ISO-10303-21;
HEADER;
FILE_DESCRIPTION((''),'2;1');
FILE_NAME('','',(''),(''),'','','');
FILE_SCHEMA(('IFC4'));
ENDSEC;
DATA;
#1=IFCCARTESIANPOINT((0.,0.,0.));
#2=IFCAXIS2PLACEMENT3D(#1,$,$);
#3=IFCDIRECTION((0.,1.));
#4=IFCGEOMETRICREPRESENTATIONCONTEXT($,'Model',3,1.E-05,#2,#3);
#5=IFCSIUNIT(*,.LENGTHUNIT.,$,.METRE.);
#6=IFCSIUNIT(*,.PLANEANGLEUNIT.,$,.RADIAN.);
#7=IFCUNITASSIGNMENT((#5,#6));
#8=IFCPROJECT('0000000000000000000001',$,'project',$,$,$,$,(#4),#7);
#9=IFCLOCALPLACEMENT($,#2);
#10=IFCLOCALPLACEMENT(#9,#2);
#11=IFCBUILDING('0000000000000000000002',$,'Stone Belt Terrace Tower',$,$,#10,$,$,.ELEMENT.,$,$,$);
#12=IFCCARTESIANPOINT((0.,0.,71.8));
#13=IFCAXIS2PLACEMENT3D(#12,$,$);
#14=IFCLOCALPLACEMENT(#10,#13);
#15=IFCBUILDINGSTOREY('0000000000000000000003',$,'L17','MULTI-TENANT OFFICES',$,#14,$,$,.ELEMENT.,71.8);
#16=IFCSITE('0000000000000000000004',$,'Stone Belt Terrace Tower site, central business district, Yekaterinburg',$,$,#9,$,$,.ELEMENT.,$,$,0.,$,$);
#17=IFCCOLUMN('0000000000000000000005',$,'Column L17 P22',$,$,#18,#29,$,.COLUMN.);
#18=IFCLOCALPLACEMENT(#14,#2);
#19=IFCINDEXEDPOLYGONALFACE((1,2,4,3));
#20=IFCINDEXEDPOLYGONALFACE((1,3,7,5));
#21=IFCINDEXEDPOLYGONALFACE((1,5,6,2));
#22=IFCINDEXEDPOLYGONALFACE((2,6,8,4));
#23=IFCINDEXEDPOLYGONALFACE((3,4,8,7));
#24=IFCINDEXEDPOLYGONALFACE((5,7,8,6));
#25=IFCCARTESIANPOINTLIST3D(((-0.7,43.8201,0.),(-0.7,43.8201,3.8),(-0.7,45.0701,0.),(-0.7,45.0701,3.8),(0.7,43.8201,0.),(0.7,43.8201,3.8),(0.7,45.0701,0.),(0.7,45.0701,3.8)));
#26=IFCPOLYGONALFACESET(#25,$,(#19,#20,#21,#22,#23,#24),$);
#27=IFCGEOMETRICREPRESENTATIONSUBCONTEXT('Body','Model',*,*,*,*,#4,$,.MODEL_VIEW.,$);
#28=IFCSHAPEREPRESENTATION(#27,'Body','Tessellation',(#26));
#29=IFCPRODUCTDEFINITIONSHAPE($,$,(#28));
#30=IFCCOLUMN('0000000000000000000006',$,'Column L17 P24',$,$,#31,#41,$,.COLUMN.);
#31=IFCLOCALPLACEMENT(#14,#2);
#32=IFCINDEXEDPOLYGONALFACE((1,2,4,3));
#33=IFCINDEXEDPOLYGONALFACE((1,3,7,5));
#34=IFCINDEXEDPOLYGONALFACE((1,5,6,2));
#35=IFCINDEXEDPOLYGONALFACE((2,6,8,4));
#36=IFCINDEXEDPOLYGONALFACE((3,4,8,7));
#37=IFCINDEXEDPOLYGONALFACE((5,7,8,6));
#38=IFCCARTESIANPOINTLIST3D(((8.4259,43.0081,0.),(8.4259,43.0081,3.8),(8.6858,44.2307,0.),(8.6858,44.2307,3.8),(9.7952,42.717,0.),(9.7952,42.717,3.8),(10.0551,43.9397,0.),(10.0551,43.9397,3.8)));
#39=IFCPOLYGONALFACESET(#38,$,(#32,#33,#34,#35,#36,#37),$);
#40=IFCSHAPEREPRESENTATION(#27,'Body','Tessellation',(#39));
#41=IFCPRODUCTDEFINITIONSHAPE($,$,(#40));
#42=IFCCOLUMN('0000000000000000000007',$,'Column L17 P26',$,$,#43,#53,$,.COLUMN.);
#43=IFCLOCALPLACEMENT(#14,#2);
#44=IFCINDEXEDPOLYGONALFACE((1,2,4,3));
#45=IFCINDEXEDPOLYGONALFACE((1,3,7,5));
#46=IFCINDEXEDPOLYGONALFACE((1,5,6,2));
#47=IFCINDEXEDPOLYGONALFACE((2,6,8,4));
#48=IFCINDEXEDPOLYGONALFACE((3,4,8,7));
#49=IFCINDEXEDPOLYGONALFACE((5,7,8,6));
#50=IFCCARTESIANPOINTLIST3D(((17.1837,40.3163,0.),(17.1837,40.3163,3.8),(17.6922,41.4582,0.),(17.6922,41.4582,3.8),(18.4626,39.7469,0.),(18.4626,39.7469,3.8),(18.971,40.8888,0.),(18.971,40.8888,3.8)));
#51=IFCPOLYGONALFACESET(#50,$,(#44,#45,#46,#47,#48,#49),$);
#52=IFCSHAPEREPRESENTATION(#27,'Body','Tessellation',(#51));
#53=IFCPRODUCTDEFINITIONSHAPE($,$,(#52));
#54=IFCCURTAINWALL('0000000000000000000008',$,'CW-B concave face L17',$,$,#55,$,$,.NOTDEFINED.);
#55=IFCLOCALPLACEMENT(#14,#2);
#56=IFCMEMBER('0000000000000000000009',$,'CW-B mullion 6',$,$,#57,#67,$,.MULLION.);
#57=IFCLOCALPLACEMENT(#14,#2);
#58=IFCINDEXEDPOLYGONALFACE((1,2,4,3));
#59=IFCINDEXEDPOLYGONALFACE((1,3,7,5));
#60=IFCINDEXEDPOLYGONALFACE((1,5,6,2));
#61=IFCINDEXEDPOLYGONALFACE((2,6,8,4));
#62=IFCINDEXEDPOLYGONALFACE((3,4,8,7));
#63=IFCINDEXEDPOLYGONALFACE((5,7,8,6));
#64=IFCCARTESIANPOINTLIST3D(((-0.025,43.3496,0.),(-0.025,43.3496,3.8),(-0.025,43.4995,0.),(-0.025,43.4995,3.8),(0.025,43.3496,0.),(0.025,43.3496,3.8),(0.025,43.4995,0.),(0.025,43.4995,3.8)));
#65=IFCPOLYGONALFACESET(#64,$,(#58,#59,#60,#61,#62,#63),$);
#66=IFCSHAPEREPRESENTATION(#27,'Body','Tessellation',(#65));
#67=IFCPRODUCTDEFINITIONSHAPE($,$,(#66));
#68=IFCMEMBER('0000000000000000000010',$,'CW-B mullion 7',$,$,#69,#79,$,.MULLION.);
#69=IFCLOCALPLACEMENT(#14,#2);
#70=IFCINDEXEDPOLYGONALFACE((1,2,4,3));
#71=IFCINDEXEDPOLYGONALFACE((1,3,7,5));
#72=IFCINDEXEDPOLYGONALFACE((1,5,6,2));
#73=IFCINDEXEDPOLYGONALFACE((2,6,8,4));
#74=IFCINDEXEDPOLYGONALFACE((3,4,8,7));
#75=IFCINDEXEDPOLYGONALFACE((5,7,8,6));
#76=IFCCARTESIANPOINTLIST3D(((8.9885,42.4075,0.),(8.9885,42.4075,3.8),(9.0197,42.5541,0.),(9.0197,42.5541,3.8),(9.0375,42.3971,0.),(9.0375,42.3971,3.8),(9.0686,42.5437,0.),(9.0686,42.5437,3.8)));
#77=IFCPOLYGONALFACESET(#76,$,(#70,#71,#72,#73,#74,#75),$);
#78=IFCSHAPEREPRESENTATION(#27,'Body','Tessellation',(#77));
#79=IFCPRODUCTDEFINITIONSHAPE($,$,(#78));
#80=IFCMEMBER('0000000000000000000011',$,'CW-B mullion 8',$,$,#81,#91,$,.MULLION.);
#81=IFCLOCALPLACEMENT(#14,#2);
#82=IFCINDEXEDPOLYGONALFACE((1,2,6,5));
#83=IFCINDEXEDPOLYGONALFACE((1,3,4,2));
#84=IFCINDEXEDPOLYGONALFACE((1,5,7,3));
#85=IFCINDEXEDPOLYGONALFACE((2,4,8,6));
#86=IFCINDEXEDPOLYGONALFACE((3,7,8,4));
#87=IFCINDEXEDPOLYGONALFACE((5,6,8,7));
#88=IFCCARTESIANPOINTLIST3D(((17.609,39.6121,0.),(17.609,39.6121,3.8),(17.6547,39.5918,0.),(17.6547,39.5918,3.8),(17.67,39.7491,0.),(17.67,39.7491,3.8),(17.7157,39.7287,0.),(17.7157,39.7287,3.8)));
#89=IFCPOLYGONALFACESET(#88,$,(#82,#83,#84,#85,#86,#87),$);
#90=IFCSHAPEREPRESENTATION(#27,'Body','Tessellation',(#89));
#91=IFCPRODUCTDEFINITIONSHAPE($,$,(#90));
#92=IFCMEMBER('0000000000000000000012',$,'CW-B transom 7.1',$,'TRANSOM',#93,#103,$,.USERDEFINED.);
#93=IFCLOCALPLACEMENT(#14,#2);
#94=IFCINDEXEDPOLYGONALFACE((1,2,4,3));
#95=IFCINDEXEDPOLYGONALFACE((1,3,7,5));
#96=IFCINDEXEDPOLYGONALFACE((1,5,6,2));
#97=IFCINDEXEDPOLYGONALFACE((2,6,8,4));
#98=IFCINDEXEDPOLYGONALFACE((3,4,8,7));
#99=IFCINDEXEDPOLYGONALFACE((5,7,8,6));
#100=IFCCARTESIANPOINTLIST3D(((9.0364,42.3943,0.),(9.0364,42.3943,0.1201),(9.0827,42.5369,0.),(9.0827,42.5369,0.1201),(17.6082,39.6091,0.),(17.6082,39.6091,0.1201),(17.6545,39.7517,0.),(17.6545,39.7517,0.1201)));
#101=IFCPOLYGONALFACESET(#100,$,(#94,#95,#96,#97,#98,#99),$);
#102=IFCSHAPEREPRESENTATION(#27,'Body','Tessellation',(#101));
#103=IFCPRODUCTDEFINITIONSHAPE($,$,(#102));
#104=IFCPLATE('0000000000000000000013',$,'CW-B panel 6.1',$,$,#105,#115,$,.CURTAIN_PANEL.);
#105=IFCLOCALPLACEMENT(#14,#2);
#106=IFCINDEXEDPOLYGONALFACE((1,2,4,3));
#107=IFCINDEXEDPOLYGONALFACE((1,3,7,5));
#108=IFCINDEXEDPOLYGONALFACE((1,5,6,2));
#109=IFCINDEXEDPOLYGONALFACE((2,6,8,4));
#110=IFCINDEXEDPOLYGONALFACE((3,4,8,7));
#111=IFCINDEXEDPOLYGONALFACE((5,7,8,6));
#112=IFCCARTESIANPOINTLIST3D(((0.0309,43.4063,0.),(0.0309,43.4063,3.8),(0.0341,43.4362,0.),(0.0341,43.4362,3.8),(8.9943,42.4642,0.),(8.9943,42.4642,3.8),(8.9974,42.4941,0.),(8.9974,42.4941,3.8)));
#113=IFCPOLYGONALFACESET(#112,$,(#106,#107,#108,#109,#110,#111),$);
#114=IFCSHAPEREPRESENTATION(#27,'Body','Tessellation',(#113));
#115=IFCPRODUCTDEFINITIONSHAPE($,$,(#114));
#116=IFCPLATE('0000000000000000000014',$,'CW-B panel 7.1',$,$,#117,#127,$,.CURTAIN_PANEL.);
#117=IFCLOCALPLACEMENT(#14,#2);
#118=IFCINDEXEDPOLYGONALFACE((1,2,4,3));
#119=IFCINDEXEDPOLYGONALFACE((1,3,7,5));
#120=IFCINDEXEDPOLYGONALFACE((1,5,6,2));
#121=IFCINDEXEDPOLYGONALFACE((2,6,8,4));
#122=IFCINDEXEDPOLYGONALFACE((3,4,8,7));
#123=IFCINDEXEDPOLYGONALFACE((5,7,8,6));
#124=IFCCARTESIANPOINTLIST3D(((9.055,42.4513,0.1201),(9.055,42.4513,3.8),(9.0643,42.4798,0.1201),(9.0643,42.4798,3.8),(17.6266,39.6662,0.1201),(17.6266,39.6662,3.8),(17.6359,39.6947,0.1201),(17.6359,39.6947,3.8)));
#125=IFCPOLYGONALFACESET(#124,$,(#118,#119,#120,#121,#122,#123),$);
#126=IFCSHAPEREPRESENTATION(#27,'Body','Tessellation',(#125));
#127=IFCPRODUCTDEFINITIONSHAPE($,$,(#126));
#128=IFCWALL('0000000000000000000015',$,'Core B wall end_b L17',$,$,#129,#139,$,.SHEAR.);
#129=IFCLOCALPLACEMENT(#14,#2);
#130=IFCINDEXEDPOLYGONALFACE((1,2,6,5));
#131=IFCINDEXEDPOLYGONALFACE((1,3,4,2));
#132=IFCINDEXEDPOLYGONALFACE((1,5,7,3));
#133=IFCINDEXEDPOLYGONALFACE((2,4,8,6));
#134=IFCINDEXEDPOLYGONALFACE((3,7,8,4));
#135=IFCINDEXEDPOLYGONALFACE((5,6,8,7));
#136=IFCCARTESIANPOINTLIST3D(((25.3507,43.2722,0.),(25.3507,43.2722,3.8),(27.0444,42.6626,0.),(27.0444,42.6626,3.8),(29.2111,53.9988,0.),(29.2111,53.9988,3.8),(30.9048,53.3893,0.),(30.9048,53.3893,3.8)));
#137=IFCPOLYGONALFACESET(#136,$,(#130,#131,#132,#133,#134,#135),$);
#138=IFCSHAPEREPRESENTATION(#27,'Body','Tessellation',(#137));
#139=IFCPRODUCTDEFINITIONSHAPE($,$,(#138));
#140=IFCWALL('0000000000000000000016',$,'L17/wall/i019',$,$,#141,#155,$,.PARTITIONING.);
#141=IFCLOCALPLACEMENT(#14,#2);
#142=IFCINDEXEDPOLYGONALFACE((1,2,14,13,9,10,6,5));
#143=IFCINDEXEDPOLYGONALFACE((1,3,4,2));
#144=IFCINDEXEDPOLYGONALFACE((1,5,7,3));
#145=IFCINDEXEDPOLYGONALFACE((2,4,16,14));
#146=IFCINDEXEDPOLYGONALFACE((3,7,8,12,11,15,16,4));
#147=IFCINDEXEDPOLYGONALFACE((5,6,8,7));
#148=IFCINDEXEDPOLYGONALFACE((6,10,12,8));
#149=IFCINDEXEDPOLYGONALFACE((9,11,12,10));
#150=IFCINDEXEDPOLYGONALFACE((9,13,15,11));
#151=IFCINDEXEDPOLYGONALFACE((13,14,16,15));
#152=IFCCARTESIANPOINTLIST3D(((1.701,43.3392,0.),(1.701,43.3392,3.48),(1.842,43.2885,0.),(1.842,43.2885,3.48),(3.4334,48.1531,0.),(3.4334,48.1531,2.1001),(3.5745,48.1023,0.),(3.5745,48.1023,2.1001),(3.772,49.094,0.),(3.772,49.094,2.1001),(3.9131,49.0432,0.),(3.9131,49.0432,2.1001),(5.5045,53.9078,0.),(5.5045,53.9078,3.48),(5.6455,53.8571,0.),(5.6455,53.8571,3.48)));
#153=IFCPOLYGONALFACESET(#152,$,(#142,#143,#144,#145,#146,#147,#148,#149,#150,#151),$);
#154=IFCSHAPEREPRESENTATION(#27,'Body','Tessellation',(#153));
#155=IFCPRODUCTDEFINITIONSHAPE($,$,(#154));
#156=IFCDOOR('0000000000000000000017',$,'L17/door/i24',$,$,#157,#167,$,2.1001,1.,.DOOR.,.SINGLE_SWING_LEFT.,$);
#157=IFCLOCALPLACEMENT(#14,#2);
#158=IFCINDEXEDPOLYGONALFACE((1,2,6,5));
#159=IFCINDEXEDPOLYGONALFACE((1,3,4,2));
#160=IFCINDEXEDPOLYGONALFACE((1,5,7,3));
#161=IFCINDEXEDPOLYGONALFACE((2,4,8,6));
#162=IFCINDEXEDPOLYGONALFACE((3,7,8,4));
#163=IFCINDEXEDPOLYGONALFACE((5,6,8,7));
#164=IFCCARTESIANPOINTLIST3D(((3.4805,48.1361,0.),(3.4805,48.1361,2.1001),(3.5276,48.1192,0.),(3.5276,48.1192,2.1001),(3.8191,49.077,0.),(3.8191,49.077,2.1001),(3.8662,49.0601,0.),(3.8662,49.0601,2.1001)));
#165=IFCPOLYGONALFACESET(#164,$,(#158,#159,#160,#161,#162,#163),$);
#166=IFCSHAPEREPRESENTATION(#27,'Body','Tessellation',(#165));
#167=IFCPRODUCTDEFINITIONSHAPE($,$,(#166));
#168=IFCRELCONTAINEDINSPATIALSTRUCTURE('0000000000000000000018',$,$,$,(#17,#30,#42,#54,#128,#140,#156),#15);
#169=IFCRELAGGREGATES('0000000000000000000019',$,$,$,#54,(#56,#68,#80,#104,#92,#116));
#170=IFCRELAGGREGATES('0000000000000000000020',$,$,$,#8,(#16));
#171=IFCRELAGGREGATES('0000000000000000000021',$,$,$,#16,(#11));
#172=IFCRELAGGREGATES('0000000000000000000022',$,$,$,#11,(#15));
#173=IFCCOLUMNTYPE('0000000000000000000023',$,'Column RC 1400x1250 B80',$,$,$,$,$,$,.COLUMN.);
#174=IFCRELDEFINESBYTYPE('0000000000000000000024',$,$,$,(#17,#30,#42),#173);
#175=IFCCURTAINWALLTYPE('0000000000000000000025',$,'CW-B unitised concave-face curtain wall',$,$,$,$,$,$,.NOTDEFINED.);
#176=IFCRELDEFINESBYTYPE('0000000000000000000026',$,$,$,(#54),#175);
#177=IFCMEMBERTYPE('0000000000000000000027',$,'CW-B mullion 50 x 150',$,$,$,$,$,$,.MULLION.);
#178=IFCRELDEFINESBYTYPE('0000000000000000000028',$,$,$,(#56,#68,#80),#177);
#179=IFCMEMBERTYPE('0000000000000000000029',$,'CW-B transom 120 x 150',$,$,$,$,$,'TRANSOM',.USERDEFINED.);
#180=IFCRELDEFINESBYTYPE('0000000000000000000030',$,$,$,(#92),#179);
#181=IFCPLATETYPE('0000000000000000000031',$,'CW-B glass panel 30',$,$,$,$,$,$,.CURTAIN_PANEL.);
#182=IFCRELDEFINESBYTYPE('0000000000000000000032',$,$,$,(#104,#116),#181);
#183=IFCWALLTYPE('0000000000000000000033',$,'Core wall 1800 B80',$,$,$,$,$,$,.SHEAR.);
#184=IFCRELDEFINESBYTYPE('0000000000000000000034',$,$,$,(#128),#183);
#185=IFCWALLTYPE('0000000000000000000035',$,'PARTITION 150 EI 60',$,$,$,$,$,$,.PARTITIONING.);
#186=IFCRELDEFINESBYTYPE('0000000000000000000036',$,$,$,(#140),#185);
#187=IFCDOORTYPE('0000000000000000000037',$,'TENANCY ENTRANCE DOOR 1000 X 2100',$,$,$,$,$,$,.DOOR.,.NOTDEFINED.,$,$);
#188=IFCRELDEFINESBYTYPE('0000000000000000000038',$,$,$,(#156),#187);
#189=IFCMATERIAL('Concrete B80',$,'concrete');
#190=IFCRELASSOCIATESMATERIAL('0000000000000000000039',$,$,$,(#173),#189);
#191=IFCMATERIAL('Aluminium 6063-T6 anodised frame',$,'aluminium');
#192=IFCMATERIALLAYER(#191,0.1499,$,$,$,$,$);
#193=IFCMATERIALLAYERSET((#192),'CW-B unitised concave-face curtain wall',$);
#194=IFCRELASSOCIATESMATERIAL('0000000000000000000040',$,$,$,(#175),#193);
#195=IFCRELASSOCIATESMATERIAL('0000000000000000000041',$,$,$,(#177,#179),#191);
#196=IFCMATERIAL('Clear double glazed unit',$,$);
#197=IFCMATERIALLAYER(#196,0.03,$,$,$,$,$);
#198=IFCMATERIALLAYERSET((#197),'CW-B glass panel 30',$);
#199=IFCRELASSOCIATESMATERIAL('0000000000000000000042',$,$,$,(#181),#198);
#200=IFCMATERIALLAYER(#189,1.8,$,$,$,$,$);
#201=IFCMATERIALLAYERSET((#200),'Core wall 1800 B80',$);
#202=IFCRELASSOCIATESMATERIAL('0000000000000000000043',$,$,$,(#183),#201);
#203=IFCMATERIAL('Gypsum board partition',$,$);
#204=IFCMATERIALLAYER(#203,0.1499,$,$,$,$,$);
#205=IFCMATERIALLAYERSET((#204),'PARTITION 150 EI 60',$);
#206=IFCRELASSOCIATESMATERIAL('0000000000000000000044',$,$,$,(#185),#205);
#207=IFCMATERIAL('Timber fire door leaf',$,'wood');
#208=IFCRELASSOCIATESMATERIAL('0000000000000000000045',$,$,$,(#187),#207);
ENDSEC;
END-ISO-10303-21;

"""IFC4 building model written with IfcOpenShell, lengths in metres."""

from ifc_helpers import new_model, si_unit, direction, frame, frame_2d, origin, origin_2d, place, context, subcontext, project, spatial, rectangle, extrude, material, layer, layer_set, material_profile, profile_set, type_object, element, fill, aggregate, save


model = new_model("IFC4")

# Units and contexts
model_context = context("Model", 3, precision=1e-05, world=origin(), true_north=direction((0.0, 1.0)))
body_context = subcontext(model_context, "Body", "Model", "MODEL_VIEW")
ifc_project = project(units=[si_unit("LENGTHUNIT", "METRE"), si_unit("PLANEANGLEUNIT", "RADIAN")], contexts=[model_context])

# Site, building, storey
site_placement = place(None, origin())
site = spatial("IfcSite", under=ifc_project, at=site_placement, Name="Stone Belt Terrace Tower site, central business district, Yekaterinburg", CompositionType="ELEMENT", RefElevation=0.0)
building_placement = place(site_placement, origin())
building = spatial("IfcBuilding", under=site, at=building_placement, Name="Stone Belt Terrace Tower", CompositionType="ELEMENT")
storey_placement = place(building_placement, frame((0.0, 0.0, 71.8)))
storey = spatial("IfcBuildingStorey", under=building, at=storey_placement, Name="L17", Description="MULTI-TENANT OFFICES", CompositionType="ELEMENT", Elevation=71.8)

# Columns
ifc_material_1 = material(Name="Concrete B80", Category="concrete")
ifc_material_profile_1 = material_profile(ifc_material_1, rectangle(XDim=1.3999, YDim=1.25, at=origin_2d()), Name="RC 1400x1250")
ifc_profile_set_1 = profile_set([ifc_material_profile_1], Name="Concrete B80")
column_type = type_object("IfcColumnType", Name="Column RC 1400x1250 B80", PredefinedType="COLUMN", material=ifc_profile_set_1)
for number, where, z_axis, x_axis, name in (
    (1, (0.0, 44.4451, 0.0), (0.0, 0.0, 1.0), (1.0, 0.0, 0.0), "Column L17 P22"),
    (2, (9.2405, 43.4739, 0.0), (0.0, 0.0, 1.0), (0.978148, -0.207912, 0.0), "Column L17 P24"),
    (3, (18.0774, 40.6025, 0.0), (0.0, 0.0, 1.0), (0.913545, -0.406737, 0.0), "Column L17 P26"),
):
    element("IfcColumn", number, at=place(storey_placement, frame(where, z_axis=z_axis, x_axis=x_axis)), inside=storey, type_object=column_type, Name=name, PredefinedType="COLUMN", context=body_context, shape_type="SweptSolid", body=[
        extrude(rectangle(XDim=1.3999, YDim=1.25, at=origin_2d()), origin(), (0.0, 0.0, 1.0), 3.8),
    ])

# Curtain wall, members, plates
ifc_material_2 = material(Name="Aluminium 6063-T6 anodised frame", Category="aluminium")
ifc_layer_1 = layer(ifc_material_2, 0.1499)
ifc_layer_set_1 = layer_set([ifc_layer_1], Name="CW-B unitised concave-face curtain wall")
curtain_wall_type = type_object("IfcCurtainWallType", Name="CW-B unitised concave-face curtain wall", PredefinedType="NOTDEFINED", material=ifc_layer_set_1)
curtain_wall_placement = place(storey_placement, origin())
curtain_wall = element("IfcCurtainWall", 4, at=curtain_wall_placement, inside=storey, type_object=curtain_wall_type, Name="CW-B concave face L17", PredefinedType="NOTDEFINED")
ifc_material_profile_2 = material_profile(ifc_material_2, rectangle(XDim=0.1499, YDim=0.05, at=origin_2d()), Name="Aluminium 6063-T6 50x150")
ifc_profile_set_2 = profile_set([ifc_material_profile_2], Name="Aluminium 6063-T6 anodised frame")
member_type_1 = type_object("IfcMemberType", Name="CW-B mullion 50 x 150", PredefinedType="MULLION", material=ifc_profile_set_2)
member_1_placement = place(storey_placement, frame((0.0, 43.4246, 0.0), z_axis=(0.0, 0.0, 1.0), x_axis=(0.0, 1.0, 0.0)))
member_1 = element("IfcMember", 5, at=member_1_placement, type_object=member_type_1, Name="CW-B mullion 6", PredefinedType="MULLION", context=body_context, shape_type="SweptSolid", body=[
    extrude(rectangle(XDim=0.1499, YDim=0.05, at=origin_2d()), origin(), (0.0, 0.0, 1.0), 3.8),
])
member_2_placement = place(storey_placement, frame((9.0286, 42.4756, 0.0), z_axis=(0.0, 0.0, 1.0), x_axis=(0.207912, 0.978148, 0.0)))
member_2 = element("IfcMember", 6, at=member_2_placement, type_object=member_type_1, Name="CW-B mullion 7", PredefinedType="MULLION", context=body_context, shape_type="SweptSolid", body=[
    extrude(rectangle(XDim=0.1499, YDim=0.05, at=origin_2d()), origin(), (0.0, 0.0, 1.0), 3.8),
])
member_3_placement = place(storey_placement, frame((17.6624, 39.6704, 0.0), z_axis=(0.0, 0.0, 1.0), x_axis=(0.406737, 0.913545, 0.0)))
member_3 = element("IfcMember", 7, at=member_3_placement, type_object=member_type_1, Name="CW-B mullion 8", PredefinedType="MULLION", context=body_context, shape_type="SweptSolid", body=[
    extrude(rectangle(XDim=0.1499, YDim=0.05, at=origin_2d()), origin(), (0.0, 0.0, 1.0), 3.8),
])
ifc_material_profile_3 = material_profile(ifc_material_2, rectangle(XDim=0.1499, YDim=0.1201, at=origin_2d()), Name="Aluminium 6063-T6 150x120")
ifc_profile_set_3 = profile_set([ifc_material_profile_3], Name="Aluminium 6063-T6 anodised frame")
member_type_2 = type_object("IfcMemberType", Name="CW-B transom 120 x 150", ElementType="TRANSOM", PredefinedType="USERDEFINED", material=ifc_profile_set_3)
member_4_placement = place(storey_placement, frame((9.0596, 42.4656, 0.0601), z_axis=(0.951056, -0.309019, 0.0), x_axis=(0.309019, 0.951056, 0.0)))
member_4 = element("IfcMember", 8, at=member_4_placement, type_object=member_type_2, Name="CW-B transom 7.1", ObjectType="TRANSOM", PredefinedType="USERDEFINED", context=body_context, shape_type="SweptSolid", body=[
    extrude(rectangle(XDim=0.1499, YDim=0.1201, at=origin_2d()), origin(), (0.0, 0.0, 1.0), 9.0129),
])
ifc_material_3 = material(Name="Clear double glazed unit")
ifc_layer_2 = layer(ifc_material_3, 0.03)
ifc_layer_set_2 = layer_set([ifc_layer_2], Name="CW-B glass panel 30")
plate_type = type_object("IfcPlateType", Name="CW-B glass panel 30", PredefinedType="CURTAIN_PANEL", material=ifc_layer_set_2)
plate_1_placement = place(storey_placement, frame((4.5142, 42.9502, 0.0), z_axis=(0.0, 0.0, 1.0), x_axis=(0.994522, -0.104528, 0.0)))
plate_1 = element("IfcPlate", 9, at=plate_1_placement, type_object=plate_type, Name="CW-B panel 6.1", PredefinedType="CURTAIN_PANEL", context=body_context, shape_type="SweptSolid", body=[
    extrude(rectangle(XDim=9.0127, YDim=0.03, at=origin_2d()), origin(), (0.0, 0.0, 1.0), 3.8),
])
plate_2_placement = place(storey_placement, frame((13.3455, 41.073, 0.1201), z_axis=(0.0, 0.0, 1.0), x_axis=(0.951057, -0.309017, 0.0)))
plate_2 = element("IfcPlate", 10, at=plate_2_placement, type_object=plate_type, Name="CW-B panel 7.1", PredefinedType="CURTAIN_PANEL", context=body_context, shape_type="SweptSolid", body=[
    extrude(rectangle(XDim=9.0127, YDim=0.03, at=origin_2d()), origin(), (0.0, 0.0, 1.0), 3.6799),
])
aggregate(curtain_wall, [member_1, member_2, member_3, plate_1, member_4, plate_2])

# Wall
ifc_layer_3 = layer(ifc_material_1, 1.8)
ifc_layer_set_3 = layer_set([ifc_layer_3], Name="Core wall 1800 B80")
wall_type_1 = type_object("IfcWallType", Name="Core wall 1800 B80", PredefinedType="SHEAR", material=ifc_layer_set_3)
wall_1_placement = place(storey_placement, frame((26.1975, 42.9673, 0.0), z_axis=(0.0, 0.0, 1.0), x_axis=(0.338625, 0.940921, 0.0)))
element("IfcWall", 11, at=wall_1_placement, inside=storey, type_object=wall_type_1, Name="Core B wall end_b L17", PredefinedType="SHEAR", context=body_context, shape_type="SweptSolid", body=[
    extrude(rectangle(XDim=11.4001, YDim=1.8, at=frame_2d((5.7002, 0.0))), origin(), (0.0, 0.0, 1.0), 3.8),
])

# Wall, opening, door
ifc_material_4 = material(Name="Gypsum board partition")
ifc_layer_4 = layer(ifc_material_4, 0.1499)
ifc_layer_set_4 = layer_set([ifc_layer_4], Name="PARTITION 150 EI 60")
wall_type_2 = type_object("IfcWallType", Name="PARTITION 150 EI 60", PredefinedType="PARTITIONING", material=ifc_layer_set_4)
wall_2_placement = place(storey_placement, frame((1.7715, 43.3137, 0.0), z_axis=(0.0, 0.0, 1.0), x_axis=(0.338622, 0.940922, 0.0)))
wall_2 = element("IfcWall", 12, at=wall_2_placement, inside=storey, type_object=wall_type_2, Name="L17/wall/i019", PredefinedType="PARTITIONING", context=body_context, shape_type="SweptSolid", body=[
    extrude(rectangle(XDim=11.2322, YDim=0.1499, at=frame_2d((5.6162, 0.0))), origin(), (0.0, 0.0, 1.0), 3.48),
])
opening_1_placement = place(wall_2_placement, frame((5.1162, 0.0, 0.0)))
opening_1 = element("IfcOpeningElement", 13, at=opening_1_placement, cuts=wall_2, PredefinedType="OPENING", context=body_context, shape_type="SweptSolid", body=[
    extrude(rectangle(XDim=1.0, YDim=2.1001, at=frame_2d((0.5, 1.05))), frame((0.0, 0.085, 0.0), z_axis=(0.0, -1.0, 0.0), x_axis=(1.0, 0.0, 0.0)), (0.0, 0.0, 1.0), 0.1699),
])
ifc_material_5 = material(Name="Timber fire door leaf", Category="wood")
door_type_1 = type_object("IfcDoorType", Name="TENANCY ENTRANCE DOOR 1000 X 2100", OperationType="NOTDEFINED", PredefinedType="DOOR", material=ifc_material_5)
door_1_placement = place(opening_1_placement, origin())
door_1 = element("IfcDoor", 14, at=door_1_placement, inside=storey, type_object=door_type_1, Name="L17/door/i24", OperationType="SINGLE_SWING_LEFT", OverallHeight=2.1001, OverallWidth=1.0, PredefinedType="DOOR", context=body_context, shape_type="SweptSolid", body=[
    extrude(rectangle(XDim=1.0, YDim=2.1001, at=frame_2d((0.5, 1.05))), frame((0.0, 0.0249, 0.0), z_axis=(0.0, -1.0, 0.0), x_axis=(1.0, 0.0, 0.0)), (0.0, 0.0, 1.0), 0.05),
])
fill(opening_1, door_1)

save(model, "model.ifc")
